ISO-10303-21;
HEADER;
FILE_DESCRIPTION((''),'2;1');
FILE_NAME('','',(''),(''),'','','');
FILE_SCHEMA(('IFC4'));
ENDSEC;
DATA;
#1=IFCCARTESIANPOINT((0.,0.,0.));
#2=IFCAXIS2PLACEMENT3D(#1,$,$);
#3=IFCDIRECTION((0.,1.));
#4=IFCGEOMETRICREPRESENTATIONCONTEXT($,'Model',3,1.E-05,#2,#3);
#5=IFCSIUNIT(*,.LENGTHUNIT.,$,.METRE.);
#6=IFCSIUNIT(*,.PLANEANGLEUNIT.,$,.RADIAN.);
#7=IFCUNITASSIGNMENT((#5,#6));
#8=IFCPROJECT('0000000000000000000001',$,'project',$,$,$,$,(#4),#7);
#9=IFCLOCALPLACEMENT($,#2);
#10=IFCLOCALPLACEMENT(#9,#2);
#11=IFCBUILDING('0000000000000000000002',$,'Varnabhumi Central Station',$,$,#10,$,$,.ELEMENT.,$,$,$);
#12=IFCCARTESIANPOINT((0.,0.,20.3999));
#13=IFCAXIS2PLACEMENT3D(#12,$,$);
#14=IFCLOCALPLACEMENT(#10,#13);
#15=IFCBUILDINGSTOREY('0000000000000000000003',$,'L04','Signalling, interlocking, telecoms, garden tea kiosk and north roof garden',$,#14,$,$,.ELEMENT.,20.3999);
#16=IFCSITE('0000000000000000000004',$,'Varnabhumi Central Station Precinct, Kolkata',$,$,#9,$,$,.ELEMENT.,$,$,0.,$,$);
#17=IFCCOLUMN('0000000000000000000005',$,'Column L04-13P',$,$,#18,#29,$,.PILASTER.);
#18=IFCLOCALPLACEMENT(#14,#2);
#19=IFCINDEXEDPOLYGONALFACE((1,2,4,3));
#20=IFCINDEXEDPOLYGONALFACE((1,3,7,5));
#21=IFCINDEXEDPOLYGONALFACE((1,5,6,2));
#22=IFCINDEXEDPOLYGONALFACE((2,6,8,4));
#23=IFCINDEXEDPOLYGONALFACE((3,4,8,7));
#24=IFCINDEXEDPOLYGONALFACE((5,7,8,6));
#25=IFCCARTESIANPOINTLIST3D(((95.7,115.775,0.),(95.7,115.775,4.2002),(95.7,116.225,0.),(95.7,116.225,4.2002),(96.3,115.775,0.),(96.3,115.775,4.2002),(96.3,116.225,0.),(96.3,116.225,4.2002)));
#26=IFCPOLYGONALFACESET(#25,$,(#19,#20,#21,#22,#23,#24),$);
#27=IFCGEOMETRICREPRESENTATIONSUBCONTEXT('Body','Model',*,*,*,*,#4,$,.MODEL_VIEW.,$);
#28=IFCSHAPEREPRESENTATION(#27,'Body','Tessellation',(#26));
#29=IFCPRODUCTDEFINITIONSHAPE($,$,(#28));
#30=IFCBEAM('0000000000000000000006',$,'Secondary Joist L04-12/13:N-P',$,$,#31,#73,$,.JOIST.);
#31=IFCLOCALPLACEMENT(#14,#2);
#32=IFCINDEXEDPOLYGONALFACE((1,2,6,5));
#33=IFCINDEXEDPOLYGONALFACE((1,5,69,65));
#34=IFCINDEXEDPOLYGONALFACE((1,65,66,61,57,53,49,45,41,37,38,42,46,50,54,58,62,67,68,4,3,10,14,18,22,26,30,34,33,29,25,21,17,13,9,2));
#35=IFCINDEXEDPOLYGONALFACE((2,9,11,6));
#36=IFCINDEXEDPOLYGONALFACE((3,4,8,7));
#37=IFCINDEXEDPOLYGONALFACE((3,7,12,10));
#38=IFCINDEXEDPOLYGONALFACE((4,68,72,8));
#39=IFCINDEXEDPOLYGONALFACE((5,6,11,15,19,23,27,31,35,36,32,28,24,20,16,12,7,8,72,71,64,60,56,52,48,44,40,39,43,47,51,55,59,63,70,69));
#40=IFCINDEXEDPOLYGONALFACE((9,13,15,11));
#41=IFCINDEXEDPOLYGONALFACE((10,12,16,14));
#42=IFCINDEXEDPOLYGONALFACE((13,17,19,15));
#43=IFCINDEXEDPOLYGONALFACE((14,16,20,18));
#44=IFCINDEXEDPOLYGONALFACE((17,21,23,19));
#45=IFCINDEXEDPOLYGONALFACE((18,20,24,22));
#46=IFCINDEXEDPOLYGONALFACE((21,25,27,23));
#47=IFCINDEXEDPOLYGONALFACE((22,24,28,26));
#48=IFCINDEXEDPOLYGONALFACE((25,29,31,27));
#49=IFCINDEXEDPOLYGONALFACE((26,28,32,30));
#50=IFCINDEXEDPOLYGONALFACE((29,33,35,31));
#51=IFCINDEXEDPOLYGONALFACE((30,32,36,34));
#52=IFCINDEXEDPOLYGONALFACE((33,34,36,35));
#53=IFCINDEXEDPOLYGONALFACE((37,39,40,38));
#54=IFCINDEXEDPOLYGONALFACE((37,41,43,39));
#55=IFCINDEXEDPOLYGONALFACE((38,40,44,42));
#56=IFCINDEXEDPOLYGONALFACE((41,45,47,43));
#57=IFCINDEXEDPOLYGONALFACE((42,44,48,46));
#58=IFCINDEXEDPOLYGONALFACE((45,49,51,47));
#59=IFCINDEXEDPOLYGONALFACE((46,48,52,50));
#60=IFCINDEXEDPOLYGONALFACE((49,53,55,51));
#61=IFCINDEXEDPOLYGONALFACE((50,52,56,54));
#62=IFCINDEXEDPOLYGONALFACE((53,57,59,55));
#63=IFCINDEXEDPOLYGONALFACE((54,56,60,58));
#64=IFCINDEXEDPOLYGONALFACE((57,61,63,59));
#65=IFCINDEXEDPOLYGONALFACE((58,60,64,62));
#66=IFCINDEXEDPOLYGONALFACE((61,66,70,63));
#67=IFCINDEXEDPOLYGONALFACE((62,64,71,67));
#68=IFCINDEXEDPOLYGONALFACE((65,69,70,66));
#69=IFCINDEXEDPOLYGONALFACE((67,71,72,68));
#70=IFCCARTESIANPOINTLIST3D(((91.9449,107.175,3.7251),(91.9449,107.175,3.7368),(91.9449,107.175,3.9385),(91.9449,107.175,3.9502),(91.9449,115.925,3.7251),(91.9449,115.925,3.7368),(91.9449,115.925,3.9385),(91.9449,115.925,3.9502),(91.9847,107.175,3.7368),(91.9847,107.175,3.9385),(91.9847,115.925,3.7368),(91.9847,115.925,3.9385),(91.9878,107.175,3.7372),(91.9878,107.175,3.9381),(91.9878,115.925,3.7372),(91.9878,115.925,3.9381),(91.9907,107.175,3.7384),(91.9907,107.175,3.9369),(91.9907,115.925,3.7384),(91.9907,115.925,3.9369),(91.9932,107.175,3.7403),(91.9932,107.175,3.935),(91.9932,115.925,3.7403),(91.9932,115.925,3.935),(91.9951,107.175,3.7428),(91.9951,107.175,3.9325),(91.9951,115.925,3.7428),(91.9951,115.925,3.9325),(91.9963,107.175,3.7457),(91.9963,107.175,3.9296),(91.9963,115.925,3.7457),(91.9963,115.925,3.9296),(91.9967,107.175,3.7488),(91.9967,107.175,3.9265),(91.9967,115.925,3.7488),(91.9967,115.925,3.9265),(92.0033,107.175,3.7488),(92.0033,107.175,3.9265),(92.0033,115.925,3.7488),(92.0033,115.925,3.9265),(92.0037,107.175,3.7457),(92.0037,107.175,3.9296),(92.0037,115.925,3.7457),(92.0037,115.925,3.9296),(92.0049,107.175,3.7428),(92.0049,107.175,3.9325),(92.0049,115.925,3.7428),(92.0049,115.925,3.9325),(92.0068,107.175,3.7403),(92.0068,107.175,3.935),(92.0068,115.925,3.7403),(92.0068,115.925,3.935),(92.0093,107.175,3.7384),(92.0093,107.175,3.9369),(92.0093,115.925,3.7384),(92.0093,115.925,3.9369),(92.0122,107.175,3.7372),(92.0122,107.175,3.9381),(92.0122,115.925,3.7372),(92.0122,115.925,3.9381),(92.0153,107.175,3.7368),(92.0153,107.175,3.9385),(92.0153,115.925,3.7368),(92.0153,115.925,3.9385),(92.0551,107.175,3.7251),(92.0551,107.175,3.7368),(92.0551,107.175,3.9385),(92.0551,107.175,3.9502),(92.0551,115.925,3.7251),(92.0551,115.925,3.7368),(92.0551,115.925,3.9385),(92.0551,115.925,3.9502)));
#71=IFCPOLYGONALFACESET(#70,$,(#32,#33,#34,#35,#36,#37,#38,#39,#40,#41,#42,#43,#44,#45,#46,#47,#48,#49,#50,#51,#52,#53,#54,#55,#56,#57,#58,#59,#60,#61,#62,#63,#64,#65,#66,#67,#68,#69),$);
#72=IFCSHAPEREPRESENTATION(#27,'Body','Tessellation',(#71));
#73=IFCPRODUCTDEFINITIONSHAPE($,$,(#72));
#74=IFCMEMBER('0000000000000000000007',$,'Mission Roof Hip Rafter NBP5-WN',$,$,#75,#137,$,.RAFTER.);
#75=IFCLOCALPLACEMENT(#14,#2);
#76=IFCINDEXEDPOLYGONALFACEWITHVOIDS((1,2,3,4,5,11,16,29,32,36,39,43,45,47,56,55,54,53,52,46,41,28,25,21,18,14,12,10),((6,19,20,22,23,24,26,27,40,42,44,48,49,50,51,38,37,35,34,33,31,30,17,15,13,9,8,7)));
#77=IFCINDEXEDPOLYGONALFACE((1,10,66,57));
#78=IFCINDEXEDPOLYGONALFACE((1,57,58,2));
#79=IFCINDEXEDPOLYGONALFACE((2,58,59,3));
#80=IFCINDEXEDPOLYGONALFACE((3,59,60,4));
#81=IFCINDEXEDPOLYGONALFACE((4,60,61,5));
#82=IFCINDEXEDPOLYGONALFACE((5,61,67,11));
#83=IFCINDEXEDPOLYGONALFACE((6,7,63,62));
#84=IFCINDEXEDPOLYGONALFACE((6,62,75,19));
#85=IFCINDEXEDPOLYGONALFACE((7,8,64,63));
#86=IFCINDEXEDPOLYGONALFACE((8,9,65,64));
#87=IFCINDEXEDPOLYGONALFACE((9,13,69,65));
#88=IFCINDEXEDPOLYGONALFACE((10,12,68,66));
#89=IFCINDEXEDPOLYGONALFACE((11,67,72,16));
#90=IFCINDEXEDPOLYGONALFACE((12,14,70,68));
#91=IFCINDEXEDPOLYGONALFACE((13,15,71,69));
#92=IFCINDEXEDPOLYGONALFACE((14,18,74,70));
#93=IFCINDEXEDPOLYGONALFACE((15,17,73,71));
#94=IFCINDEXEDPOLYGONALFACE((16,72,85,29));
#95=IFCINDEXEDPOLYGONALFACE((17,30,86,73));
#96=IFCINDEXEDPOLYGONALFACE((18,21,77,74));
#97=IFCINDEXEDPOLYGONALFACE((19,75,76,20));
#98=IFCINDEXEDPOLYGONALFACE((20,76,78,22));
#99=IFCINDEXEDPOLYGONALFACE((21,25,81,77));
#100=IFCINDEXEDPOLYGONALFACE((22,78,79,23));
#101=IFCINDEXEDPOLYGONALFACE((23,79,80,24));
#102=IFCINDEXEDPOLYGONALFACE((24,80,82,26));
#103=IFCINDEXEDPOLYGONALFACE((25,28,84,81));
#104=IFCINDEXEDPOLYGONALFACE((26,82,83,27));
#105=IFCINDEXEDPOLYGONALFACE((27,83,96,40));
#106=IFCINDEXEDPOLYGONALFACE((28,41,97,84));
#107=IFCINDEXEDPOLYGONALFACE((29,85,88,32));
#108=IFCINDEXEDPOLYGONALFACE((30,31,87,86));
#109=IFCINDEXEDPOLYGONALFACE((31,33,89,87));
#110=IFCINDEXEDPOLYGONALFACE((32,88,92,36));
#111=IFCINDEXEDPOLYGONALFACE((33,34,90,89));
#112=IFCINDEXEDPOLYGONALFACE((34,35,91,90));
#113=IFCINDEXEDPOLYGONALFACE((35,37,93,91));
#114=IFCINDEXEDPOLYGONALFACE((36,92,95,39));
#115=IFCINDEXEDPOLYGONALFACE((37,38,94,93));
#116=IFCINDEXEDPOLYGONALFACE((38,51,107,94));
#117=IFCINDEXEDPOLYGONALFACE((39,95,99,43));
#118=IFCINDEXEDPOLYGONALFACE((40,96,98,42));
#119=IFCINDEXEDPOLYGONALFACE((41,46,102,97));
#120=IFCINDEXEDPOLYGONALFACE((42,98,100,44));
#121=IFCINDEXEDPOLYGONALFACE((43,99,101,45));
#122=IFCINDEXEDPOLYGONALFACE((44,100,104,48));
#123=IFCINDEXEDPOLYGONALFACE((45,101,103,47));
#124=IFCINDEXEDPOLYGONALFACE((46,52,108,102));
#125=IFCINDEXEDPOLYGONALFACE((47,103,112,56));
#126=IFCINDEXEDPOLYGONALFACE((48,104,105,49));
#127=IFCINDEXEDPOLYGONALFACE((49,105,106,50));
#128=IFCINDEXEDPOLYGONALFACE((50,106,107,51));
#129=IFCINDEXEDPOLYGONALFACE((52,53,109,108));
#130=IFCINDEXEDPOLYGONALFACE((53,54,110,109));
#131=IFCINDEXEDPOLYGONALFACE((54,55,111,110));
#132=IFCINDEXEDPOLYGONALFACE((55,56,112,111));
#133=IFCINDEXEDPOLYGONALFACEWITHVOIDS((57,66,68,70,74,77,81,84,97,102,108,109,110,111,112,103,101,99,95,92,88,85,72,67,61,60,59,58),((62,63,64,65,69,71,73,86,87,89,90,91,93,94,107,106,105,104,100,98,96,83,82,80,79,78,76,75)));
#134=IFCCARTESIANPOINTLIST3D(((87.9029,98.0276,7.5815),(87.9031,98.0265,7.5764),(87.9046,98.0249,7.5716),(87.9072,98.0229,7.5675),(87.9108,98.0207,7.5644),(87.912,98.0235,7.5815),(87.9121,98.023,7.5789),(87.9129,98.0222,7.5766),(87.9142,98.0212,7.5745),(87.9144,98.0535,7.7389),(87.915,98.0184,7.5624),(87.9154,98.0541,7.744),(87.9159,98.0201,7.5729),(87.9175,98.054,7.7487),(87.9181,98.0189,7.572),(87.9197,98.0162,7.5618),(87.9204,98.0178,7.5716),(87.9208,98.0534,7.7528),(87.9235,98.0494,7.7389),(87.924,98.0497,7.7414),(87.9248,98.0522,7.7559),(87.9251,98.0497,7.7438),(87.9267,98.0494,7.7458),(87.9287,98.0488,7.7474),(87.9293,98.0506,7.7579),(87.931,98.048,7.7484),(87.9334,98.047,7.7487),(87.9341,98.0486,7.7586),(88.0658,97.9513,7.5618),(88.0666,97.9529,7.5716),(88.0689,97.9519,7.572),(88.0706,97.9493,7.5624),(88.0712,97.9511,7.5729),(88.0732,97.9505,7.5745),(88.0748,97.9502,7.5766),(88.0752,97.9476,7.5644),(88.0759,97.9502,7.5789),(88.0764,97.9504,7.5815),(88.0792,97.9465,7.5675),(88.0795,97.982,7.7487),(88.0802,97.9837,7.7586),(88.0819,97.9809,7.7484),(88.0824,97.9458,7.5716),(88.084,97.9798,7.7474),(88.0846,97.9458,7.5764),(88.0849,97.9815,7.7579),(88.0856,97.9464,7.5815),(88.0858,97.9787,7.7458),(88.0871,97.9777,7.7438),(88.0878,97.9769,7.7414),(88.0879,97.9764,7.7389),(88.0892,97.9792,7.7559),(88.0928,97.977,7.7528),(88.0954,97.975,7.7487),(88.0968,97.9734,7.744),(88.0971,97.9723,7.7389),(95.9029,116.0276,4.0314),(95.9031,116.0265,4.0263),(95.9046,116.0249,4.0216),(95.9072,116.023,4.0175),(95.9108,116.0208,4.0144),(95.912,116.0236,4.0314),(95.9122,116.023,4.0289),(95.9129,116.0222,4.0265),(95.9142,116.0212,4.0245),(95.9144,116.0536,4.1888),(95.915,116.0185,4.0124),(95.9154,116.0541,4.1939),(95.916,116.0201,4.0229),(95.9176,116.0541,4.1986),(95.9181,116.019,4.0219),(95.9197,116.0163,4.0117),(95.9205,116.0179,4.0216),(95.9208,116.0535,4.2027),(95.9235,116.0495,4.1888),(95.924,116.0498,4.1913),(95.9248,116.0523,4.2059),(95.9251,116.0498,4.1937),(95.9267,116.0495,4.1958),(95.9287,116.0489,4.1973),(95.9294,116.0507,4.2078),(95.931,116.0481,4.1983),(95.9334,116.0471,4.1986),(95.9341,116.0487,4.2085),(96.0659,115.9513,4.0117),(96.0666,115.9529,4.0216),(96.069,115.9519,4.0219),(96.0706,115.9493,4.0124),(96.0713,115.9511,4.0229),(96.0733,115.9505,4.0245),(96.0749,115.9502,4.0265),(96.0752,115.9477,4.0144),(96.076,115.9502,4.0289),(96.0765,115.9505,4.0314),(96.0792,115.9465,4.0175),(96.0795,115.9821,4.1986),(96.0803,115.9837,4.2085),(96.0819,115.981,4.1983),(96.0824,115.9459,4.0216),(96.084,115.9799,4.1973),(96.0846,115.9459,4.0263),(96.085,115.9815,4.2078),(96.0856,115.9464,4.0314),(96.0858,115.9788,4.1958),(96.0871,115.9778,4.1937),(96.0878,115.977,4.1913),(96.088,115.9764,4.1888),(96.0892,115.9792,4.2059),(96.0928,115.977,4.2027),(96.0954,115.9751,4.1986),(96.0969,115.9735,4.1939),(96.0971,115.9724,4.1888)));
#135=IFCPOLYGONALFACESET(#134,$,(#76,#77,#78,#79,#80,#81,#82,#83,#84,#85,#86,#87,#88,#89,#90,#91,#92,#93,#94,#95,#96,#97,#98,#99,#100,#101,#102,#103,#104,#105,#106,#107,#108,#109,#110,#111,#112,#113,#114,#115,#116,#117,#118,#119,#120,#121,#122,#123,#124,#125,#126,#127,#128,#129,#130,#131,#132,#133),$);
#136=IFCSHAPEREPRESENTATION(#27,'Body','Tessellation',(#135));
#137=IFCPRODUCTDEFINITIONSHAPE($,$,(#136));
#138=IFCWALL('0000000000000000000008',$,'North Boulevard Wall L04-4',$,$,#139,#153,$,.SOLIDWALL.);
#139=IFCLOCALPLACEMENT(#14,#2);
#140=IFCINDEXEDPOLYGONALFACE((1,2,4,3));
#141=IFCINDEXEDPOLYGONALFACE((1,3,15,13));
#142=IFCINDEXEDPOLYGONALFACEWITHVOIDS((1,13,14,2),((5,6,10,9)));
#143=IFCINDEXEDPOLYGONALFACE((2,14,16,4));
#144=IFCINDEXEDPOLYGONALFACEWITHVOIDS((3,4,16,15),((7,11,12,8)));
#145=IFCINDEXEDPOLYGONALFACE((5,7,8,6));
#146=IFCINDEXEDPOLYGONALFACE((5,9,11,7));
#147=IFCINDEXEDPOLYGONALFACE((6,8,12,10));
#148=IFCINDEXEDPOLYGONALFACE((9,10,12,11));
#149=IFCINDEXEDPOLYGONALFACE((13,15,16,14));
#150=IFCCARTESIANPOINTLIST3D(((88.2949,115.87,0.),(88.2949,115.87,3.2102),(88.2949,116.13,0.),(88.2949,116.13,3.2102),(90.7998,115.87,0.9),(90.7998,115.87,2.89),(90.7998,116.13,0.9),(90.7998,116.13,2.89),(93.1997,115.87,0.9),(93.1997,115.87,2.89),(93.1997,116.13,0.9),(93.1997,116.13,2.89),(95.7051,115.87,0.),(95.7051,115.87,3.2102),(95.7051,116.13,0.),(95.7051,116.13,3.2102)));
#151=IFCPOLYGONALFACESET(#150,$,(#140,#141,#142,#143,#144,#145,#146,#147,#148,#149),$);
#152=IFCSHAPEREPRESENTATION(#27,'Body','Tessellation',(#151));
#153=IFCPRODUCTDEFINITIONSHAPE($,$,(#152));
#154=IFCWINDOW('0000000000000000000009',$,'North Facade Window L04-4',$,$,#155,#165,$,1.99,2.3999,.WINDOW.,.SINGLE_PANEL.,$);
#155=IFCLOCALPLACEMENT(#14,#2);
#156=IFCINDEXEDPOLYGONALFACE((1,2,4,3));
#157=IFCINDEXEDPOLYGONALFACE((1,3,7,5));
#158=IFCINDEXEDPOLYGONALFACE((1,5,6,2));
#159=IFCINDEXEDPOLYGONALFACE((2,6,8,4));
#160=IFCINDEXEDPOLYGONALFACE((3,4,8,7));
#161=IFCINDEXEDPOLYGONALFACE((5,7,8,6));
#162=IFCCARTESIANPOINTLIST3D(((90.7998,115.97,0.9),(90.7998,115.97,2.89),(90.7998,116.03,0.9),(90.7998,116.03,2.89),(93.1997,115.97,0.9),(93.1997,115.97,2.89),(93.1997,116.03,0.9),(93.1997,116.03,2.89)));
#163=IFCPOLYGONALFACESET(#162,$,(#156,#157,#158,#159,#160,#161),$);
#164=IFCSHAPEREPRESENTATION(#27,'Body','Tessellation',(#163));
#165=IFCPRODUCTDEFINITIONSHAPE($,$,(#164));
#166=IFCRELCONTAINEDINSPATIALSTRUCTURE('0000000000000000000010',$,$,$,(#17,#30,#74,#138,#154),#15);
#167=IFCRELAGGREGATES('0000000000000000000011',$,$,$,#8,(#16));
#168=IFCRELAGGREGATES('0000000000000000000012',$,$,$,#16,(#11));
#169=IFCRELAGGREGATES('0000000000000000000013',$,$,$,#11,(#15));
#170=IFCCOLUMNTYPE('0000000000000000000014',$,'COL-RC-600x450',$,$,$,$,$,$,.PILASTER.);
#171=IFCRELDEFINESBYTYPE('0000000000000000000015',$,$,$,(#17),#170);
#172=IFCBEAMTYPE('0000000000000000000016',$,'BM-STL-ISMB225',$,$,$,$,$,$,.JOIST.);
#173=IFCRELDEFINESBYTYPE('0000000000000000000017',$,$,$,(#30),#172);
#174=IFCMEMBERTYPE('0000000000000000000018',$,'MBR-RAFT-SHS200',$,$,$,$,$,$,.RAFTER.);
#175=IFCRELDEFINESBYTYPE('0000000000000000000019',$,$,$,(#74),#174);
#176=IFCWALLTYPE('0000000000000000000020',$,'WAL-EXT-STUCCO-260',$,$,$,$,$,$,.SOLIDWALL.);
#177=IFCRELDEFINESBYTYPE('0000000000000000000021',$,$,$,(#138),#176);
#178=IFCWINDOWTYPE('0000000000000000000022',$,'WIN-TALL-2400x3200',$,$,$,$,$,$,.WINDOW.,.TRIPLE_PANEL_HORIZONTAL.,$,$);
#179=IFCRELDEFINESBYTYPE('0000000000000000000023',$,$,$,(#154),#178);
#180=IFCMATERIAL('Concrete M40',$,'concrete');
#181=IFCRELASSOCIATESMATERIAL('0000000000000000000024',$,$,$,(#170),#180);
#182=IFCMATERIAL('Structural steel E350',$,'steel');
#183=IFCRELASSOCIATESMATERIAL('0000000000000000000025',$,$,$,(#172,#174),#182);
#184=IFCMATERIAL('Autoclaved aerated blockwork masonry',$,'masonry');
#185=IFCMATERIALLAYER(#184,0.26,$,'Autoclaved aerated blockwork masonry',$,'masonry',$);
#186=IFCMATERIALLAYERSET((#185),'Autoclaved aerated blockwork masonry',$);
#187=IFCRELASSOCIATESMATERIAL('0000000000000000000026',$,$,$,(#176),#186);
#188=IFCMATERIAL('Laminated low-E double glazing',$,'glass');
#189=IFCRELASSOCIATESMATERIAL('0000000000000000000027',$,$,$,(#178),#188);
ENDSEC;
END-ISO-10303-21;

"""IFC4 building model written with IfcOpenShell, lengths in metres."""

from ifc_helpers import new_model, si_unit, direction, frame, frame_2d, origin, origin_2d, place, context, subcontext, project, spatial, rectangle, hollow_rectangle, i_section, extrude, material, layer, layer_set, material_profile, profile_set, type_object, element, fill, save


model = new_model("IFC4")

# Units and contexts
model_context = context("Model", 3, precision=1e-05, world=origin(), true_north=direction((0.0, 1.0)))
body_context = subcontext(model_context, "Body", "Model", "MODEL_VIEW")
ifc_project = project(units=[si_unit("LENGTHUNIT", "METRE"), si_unit("PLANEANGLEUNIT", "RADIAN")], contexts=[model_context])

# Site, building, storey
site_placement = place(None, origin())
site = spatial("IfcSite", under=ifc_project, at=site_placement, Name="Varnabhumi Central Station Precinct, Kolkata", CompositionType="ELEMENT", RefElevation=0.0)
building_placement = place(site_placement, origin())
building = spatial("IfcBuilding", under=site, at=building_placement, Name="Varnabhumi Central Station", CompositionType="ELEMENT")
storey_placement = place(building_placement, frame((0.0, 0.0, 20.3999)))
storey = spatial("IfcBuildingStorey", under=building, at=storey_placement, Name="L04", Description="Signalling, interlocking, telecoms, garden tea kiosk and north roof garden", CompositionType="ELEMENT", Elevation=20.3999)

# Column
ifc_material_1 = material(Name="Concrete M40", Category="concrete")
ifc_material_profile_1 = material_profile(ifc_material_1, rectangle(XDim=0.6001, YDim=0.45, at=origin_2d()), Name="Concrete M40", Category="concrete")
ifc_profile_set_1 = profile_set([ifc_material_profile_1], Name="Concrete M40")
column_type = type_object("IfcColumnType", Name="COL-RC-600x450", PredefinedType="PILASTER", material=ifc_profile_set_1)
column_placement = place(storey_placement, frame((96.0, 116.0, 0.0), z_axis=(0.0, 0.0, 1.0), x_axis=(1.0, 0.0, 0.0)))
element("IfcColumn", 1, at=column_placement, inside=storey, type_object=column_type, Name="Column L04-13P", PredefinedType="PILASTER", context=body_context, shape_type="SweptSolid", body=[
    extrude(rectangle(XDim=0.6001, YDim=0.45, at=origin_2d()), origin(), (0.0, 0.0, 1.0), 4.2002),
])

# Beam
ifc_material_2 = material(Name="Structural steel E350", Category="steel")
ifc_material_profile_2 = material_profile(ifc_material_2, i_section(OverallWidth=0.1101, OverallDepth=0.2251, WebThickness=0.0066, FlangeThickness=0.0117, FilletRadius=0.012, at=origin_2d()), Name="Structural steel E350", Category="steel")
ifc_profile_set_2 = profile_set([ifc_material_profile_2], Name="Structural steel E350")
beam_type = type_object("IfcBeamType", Name="BM-STL-ISMB225", PredefinedType="JOIST", material=ifc_profile_set_2)
beam_placement = place(storey_placement, frame((92.0, 107.175, 3.8376), z_axis=(0.0, 1.0, 0.0), x_axis=(-1.0, 0.0, 0.0)))
element("IfcBeam", 2, at=beam_placement, inside=storey, type_object=beam_type, Name="Secondary Joist L04-12/13:N-P", PredefinedType="JOIST", context=body_context, shape_type="SweptSolid", body=[
    extrude(i_section(OverallWidth=0.1101, OverallDepth=0.2251, WebThickness=0.0066, FlangeThickness=0.0117, FilletRadius=0.012, at=origin_2d()), origin(), (0.0, 0.0, 1.0), 8.75),
])

# Member
ifc_material_profile_3 = material_profile(ifc_material_2, hollow_rectangle(XDim=0.2, YDim=0.2, WallThickness=0.01, InnerFilletRadius=0.01, OuterFilletRadius=0.02, at=origin_2d()), Name="Structural steel E350", Category="steel")
ifc_profile_set_3 = profile_set([ifc_material_profile_3], Name="Structural steel E350")
member_type = type_object("IfcMemberType", Name="MBR-RAFT-SHS200", PredefinedType="RAFTER", material=ifc_profile_set_3)
member_placement = place(storey_placement, frame((96.0, 116.0, 4.1101), z_axis=(-0.399699, -0.899323, 0.177369), x_axis=(0.913812, -0.406138, 0.0)))
element("IfcMember", 3, at=member_placement, inside=storey, type_object=member_type, Name="Mission Roof Hip Rafter NBP5-WN", PredefinedType="RAFTER", context=body_context, shape_type="SweptSolid", body=[
    extrude(hollow_rectangle(XDim=0.2, YDim=0.2, WallThickness=0.01, InnerFilletRadius=0.01, OuterFilletRadius=0.02, at=origin_2d()), origin(), (0.0, 0.0, 1.0), 20.0151),
])

# Wall, opening, window
ifc_material_3 = material(Name="Autoclaved aerated blockwork masonry", Category="masonry")
ifc_layer_1 = layer(ifc_material_3, 0.26, Name="Autoclaved aerated blockwork masonry", Category="masonry")
ifc_layer_set_1 = layer_set([ifc_layer_1], Name="Autoclaved aerated blockwork masonry")
wall_type = type_object("IfcWallType", Name="WAL-EXT-STUCCO-260", PredefinedType="SOLIDWALL", material=ifc_layer_set_1)
wall_1_placement = place(storey_placement, frame((88.2949, 116.0, 0.0), z_axis=(0.0, 0.0, 1.0), x_axis=(1.0, 0.0, 0.0)))
wall_1 = element("IfcWall", 4, at=wall_1_placement, inside=storey, type_object=wall_type, Name="North Boulevard Wall L04-4", PredefinedType="SOLIDWALL", context=body_context, shape_type="SweptSolid", body=[
    extrude(rectangle(XDim=7.4102, YDim=0.26, at=frame_2d((3.7051, 0.0))), origin(), (0.0, 0.0, 1.0), 3.2102),
])
opening_1_placement = place(wall_1_placement, frame((2.5049, 0.0, 0.8999)))
opening_1 = element("IfcOpeningElement", 5, at=opening_1_placement, cuts=wall_1, PredefinedType="OPENING", context=body_context, shape_type="SweptSolid", body=[
    extrude(rectangle(XDim=2.3999, YDim=1.99, at=frame_2d((1.2, 0.9951))), frame((0.0, 0.1399, 0.0), z_axis=(0.0, -1.0, 0.0), x_axis=(1.0, 0.0, 0.0)), (0.0, 0.0, 1.0), 0.28),
])
ifc_material_4 = material(Name="Laminated low-E double glazing", Category="glass")
window_type_1 = type_object("IfcWindowType", Name="WIN-TALL-2400x3200", PartitioningType="TRIPLE_PANEL_HORIZONTAL", PredefinedType="WINDOW", material=ifc_material_4)
window_1_placement = place(opening_1_placement, origin())
window_1 = element("IfcWindow", 6, at=window_1_placement, inside=storey, type_object=window_type_1, Name="North Facade Window L04-4", OverallHeight=1.99, OverallWidth=2.3999, PartitioningType="SINGLE_PANEL", PredefinedType="WINDOW", context=body_context, shape_type="SweptSolid", body=[
    extrude(rectangle(XDim=2.3999, YDim=1.99, at=frame_2d((1.2, 0.9951))), frame((0.0, 0.03, 0.0), z_axis=(0.0, -1.0, 0.0), x_axis=(1.0, 0.0, 0.0)), (0.0, 0.0, 1.0), 0.0601),
])
fill(opening_1, window_1)

save(model, "model.ifc")
